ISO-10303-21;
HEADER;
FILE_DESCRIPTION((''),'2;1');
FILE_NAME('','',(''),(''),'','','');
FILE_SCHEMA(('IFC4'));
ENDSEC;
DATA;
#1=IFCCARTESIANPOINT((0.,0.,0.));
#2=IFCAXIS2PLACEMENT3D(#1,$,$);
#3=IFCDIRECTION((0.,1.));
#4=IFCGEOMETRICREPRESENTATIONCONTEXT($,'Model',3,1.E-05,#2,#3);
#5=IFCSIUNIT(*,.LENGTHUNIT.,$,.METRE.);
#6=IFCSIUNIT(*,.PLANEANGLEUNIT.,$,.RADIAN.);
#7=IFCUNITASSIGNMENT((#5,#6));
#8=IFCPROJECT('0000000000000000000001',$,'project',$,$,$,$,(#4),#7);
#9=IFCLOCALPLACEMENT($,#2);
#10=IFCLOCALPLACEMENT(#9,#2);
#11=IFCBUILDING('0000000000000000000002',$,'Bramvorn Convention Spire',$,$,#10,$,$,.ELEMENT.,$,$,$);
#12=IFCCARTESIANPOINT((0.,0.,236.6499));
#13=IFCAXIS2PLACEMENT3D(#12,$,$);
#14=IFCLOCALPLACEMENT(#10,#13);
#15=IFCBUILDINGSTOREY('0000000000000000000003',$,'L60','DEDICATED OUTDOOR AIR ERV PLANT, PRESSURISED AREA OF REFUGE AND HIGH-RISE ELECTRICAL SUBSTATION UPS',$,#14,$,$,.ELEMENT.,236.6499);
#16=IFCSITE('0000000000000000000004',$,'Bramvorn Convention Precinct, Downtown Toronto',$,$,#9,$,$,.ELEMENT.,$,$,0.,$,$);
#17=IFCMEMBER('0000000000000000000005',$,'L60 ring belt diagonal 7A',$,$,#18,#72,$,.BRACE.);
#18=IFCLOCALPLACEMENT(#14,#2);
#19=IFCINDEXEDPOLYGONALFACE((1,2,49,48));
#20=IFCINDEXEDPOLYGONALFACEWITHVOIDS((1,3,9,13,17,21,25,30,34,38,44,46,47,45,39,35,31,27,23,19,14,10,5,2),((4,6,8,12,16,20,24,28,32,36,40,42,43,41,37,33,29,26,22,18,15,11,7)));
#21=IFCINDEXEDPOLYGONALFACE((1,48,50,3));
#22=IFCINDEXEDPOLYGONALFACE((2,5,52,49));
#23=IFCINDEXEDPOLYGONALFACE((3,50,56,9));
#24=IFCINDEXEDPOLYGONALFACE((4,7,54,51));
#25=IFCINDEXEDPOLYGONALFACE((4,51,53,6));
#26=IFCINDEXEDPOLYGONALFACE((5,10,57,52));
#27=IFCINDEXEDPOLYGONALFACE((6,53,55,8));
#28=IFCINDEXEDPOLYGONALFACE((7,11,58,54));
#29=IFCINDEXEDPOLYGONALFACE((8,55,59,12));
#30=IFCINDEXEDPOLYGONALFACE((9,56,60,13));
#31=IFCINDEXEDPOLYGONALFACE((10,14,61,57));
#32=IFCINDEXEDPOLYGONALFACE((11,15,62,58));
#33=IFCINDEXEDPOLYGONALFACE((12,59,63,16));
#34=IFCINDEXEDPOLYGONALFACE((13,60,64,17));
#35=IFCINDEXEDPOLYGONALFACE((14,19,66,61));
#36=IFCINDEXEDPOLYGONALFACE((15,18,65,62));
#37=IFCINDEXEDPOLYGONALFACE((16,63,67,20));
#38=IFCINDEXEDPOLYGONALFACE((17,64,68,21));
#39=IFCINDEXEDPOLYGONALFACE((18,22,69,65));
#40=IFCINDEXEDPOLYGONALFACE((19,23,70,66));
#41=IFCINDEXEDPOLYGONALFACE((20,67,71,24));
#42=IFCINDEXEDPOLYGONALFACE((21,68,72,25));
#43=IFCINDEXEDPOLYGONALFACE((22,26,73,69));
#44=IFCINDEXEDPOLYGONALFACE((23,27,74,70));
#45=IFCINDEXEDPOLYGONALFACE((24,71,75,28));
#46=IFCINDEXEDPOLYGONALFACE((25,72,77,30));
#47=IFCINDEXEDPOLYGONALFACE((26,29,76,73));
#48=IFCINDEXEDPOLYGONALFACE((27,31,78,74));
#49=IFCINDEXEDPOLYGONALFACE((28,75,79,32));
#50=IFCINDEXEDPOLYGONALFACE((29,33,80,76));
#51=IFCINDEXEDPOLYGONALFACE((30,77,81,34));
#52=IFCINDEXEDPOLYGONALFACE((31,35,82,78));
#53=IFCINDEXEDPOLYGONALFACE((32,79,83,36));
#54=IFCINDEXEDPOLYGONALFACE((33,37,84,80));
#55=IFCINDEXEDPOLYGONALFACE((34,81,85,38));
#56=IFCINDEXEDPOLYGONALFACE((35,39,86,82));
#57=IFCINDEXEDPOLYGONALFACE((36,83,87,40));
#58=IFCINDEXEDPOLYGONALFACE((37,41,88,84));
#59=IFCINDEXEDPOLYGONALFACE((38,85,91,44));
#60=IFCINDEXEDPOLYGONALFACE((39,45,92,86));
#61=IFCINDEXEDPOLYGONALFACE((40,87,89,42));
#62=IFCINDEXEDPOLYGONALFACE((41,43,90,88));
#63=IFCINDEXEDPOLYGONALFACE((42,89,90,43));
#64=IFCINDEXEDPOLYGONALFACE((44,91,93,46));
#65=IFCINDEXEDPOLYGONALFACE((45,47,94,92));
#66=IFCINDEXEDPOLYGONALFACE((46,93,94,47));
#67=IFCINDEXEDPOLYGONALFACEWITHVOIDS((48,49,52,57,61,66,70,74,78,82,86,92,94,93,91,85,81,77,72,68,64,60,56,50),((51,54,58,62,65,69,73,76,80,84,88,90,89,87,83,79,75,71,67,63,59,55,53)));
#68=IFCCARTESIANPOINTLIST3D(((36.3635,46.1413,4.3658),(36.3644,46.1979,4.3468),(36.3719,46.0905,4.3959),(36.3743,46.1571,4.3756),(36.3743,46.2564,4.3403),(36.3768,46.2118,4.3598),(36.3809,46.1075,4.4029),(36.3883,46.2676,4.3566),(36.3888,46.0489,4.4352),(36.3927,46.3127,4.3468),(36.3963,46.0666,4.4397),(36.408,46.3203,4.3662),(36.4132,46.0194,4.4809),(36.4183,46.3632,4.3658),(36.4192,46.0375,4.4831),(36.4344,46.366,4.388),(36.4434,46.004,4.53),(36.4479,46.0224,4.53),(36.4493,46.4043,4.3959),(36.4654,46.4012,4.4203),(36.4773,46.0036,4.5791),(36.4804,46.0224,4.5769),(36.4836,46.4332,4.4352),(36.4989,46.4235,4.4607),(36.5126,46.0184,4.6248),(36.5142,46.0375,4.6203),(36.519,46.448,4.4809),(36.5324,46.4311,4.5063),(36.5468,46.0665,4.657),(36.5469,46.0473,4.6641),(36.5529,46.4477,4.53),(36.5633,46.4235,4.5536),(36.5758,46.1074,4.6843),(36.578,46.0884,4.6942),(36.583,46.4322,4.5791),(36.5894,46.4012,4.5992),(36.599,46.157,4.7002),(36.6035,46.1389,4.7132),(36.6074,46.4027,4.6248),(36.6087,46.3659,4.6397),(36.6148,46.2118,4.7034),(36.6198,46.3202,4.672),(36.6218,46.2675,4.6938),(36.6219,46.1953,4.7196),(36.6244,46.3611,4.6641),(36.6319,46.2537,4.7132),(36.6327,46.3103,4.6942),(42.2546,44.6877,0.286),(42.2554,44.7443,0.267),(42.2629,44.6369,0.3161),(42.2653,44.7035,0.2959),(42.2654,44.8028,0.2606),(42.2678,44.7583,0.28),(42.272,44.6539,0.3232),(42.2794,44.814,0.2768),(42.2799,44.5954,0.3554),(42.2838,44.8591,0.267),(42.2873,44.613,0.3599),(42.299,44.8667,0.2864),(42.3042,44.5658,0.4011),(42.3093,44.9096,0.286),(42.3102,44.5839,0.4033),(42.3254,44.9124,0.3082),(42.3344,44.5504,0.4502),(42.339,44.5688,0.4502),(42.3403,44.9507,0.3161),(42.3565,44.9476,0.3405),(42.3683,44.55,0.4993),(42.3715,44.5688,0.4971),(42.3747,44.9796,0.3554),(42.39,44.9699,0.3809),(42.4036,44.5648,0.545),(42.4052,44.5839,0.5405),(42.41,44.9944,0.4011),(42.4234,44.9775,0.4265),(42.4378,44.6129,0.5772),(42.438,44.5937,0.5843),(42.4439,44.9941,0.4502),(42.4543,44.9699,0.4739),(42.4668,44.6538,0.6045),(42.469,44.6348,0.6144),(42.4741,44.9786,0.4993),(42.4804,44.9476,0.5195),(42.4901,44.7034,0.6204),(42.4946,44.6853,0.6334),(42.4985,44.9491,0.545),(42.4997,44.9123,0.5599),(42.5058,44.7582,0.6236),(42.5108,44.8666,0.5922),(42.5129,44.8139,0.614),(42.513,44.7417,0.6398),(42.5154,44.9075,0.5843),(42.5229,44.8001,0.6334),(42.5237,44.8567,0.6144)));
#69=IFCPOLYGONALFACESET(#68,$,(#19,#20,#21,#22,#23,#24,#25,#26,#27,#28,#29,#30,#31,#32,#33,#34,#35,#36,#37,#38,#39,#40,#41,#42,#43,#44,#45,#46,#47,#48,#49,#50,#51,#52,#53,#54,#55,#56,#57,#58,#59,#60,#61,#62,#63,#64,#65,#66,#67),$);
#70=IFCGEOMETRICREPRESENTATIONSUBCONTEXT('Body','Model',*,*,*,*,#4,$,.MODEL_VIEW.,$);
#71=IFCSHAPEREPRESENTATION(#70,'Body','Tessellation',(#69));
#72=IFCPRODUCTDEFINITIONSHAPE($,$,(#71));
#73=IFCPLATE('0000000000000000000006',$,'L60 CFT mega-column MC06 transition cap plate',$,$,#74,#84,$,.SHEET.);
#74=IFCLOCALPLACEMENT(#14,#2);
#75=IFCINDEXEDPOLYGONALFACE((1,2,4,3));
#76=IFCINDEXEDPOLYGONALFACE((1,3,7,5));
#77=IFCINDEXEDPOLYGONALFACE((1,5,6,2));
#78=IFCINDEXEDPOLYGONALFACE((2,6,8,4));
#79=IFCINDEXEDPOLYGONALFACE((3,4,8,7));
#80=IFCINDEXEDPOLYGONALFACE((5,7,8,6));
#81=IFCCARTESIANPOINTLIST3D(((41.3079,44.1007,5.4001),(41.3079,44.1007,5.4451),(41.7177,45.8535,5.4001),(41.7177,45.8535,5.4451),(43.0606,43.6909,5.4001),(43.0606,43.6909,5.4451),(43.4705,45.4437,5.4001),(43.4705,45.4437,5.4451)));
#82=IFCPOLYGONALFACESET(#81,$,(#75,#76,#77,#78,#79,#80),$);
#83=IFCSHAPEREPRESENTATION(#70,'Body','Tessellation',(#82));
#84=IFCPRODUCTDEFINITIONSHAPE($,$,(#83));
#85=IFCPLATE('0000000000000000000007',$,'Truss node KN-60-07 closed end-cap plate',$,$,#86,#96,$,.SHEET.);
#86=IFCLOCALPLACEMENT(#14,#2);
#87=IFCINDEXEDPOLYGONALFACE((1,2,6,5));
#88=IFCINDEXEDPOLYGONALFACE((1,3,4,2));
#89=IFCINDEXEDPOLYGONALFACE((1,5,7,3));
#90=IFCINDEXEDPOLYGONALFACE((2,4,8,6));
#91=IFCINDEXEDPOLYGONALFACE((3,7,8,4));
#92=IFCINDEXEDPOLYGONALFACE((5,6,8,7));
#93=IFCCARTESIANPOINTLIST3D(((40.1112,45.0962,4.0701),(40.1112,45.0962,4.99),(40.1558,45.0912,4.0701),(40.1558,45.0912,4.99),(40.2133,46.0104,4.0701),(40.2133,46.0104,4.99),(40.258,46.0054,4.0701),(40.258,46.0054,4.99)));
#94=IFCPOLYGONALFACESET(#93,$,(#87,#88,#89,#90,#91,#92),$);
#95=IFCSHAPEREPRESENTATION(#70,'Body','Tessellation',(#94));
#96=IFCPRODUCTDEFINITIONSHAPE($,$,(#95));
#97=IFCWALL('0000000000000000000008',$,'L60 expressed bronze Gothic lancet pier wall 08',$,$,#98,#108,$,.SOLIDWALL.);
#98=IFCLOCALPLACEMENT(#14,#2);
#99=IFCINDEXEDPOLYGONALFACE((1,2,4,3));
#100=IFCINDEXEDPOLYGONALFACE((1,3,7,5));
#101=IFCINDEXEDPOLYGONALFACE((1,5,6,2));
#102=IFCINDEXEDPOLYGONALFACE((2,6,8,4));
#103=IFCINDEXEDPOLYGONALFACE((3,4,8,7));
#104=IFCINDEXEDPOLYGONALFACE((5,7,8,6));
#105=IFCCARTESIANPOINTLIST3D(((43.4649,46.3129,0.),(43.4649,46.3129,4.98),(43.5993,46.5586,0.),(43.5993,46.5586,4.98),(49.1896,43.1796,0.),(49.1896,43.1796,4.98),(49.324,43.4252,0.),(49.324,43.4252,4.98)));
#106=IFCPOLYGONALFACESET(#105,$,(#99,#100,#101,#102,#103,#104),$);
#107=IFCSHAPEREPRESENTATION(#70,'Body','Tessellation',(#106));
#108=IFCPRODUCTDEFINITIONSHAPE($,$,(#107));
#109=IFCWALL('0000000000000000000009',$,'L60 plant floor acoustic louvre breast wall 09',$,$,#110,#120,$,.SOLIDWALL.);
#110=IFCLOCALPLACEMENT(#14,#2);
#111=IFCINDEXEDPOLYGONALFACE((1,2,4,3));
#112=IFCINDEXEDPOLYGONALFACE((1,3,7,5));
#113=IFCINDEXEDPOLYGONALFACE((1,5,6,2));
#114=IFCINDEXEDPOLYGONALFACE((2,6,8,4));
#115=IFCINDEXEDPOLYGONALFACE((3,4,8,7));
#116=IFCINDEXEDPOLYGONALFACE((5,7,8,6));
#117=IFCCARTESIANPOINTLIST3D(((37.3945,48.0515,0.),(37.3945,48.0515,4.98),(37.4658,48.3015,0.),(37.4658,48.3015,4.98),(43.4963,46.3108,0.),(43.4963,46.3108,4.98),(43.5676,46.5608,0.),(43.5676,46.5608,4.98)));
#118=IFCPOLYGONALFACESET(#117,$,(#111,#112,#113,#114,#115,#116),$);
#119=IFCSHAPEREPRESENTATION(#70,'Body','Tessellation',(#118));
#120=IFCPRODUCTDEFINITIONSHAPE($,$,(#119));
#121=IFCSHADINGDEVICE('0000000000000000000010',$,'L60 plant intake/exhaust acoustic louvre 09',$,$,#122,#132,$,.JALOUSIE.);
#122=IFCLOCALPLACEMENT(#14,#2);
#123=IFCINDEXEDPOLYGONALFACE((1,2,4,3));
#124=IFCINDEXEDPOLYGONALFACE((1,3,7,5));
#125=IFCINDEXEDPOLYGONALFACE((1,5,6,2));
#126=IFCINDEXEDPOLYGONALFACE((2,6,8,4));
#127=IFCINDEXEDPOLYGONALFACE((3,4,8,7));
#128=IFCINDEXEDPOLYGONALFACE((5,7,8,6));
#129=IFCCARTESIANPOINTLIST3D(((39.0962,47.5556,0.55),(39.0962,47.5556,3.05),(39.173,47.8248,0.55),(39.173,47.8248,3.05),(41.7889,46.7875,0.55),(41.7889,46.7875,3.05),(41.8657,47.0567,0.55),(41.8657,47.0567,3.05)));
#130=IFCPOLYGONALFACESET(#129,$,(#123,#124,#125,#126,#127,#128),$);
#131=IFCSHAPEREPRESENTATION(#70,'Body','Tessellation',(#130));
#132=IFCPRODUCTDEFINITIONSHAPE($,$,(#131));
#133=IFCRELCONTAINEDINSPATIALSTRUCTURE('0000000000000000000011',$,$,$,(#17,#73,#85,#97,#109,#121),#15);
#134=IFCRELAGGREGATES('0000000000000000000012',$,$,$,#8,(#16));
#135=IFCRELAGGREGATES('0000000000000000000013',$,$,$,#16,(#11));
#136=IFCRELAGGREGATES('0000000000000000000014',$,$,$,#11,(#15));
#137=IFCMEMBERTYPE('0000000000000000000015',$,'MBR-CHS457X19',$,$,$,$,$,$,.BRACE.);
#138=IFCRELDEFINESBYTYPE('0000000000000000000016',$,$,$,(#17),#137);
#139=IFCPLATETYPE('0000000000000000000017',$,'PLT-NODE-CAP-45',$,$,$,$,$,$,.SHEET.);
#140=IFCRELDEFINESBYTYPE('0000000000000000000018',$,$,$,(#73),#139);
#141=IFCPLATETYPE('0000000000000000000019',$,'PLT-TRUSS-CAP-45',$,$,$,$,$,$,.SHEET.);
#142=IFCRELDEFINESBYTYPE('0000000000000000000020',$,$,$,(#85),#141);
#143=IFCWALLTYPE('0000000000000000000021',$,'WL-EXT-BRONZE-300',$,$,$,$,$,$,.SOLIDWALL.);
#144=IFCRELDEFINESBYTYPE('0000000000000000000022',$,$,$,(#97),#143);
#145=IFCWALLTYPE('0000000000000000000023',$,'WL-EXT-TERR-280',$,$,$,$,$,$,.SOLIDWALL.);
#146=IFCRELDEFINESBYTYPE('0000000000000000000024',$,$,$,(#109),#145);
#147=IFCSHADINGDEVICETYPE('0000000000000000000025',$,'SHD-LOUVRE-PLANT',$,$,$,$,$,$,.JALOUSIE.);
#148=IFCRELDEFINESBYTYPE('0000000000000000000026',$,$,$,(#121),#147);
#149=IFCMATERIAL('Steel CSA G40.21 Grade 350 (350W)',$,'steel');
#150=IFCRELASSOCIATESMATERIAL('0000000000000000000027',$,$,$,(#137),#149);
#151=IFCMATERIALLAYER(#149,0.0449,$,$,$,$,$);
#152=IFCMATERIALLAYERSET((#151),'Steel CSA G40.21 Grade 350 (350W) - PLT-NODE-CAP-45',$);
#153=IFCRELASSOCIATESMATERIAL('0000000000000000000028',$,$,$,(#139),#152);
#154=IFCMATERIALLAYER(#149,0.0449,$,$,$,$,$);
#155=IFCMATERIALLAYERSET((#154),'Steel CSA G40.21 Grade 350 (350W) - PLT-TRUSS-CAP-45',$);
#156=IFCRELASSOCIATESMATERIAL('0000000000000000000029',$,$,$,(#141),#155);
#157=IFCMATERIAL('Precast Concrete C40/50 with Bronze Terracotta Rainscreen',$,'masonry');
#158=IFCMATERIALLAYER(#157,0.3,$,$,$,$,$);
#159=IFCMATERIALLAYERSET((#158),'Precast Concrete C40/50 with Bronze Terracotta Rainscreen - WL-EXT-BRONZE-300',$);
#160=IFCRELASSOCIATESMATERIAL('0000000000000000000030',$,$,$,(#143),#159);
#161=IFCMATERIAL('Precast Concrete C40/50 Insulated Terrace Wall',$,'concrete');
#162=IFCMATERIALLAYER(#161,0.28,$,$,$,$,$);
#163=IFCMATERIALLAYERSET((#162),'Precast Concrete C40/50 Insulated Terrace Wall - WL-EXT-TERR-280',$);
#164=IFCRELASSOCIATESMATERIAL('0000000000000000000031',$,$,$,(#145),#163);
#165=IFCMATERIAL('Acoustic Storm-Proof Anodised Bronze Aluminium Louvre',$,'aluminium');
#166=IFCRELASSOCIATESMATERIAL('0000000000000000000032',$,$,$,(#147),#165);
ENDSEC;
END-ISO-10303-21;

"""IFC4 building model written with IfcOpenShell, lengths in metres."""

from ifc_helpers import new_model, si_unit, direction, frame, frame_2d, origin, origin_2d, place, context, subcontext, project, spatial, rectangle, hollow_circle, extrude, material, layer, layer_set, material_profile, profile_set, type_object, element, save


model = new_model("IFC4")

# Units and contexts
model_context = context("Model", 3, precision=1e-05, world=origin(), true_north=direction((0.0, 1.0)))
body_context = subcontext(model_context, "Body", "Model", "MODEL_VIEW")
ifc_project = project(units=[si_unit("LENGTHUNIT", "METRE"), si_unit("PLANEANGLEUNIT", "RADIAN")], contexts=[model_context])

# Site, building, storey
site_placement = place(None, origin())
site = spatial("IfcSite", under=ifc_project, at=site_placement, Name="Bramvorn Convention Precinct, Downtown Toronto", CompositionType="ELEMENT", RefElevation=0.0)
building_placement = place(site_placement, origin())
building = spatial("IfcBuilding", under=site, at=building_placement, Name="Bramvorn Convention Spire", CompositionType="ELEMENT")
storey_placement = place(building_placement, frame((0.0, 0.0, 236.6499)))
storey = spatial("IfcBuildingStorey", under=building, at=storey_placement, Name="L60", Description="DEDICATED OUTDOOR AIR ERV PLANT, PRESSURISED AREA OF REFUGE AND HIGH-RISE ELECTRICAL SUBSTATION UPS", CompositionType="ELEMENT", Elevation=236.6499)

# Shared definitions
ifc_material_1 = material(Name="Steel CSA G40.21 Grade 350 (350W)", Category="steel")

# Member
ifc_material_profile_1 = material_profile(ifc_material_1, hollow_circle(Radius=0.2285, WallThickness=0.019, at=origin_2d()))
ifc_profile_set_1 = profile_set([ifc_material_profile_1], Name="Steel CSA G40.21 Grade 350 (350W) - CHS457X19")
member_type_1 = type_object("IfcMemberType", Name="MBR-CHS457X19", PredefinedType="BRACE", material=ifc_profile_set_1)
member_1_placement = place(storey_placement, frame((42.3892, 44.7722, 0.4502), z_axis=(-0.805693, 0.198802, 0.557975), x_axis=(-0.239562, -0.970881, 0.0)))
element("IfcMember", 1, at=member_1_placement, inside=storey, type_object=member_type_1, Name="L60 ring belt diagonal 7A", PredefinedType="BRACE", context=body_context, shape_type="SweptSolid", body=[
    extrude(hollow_circle(Radius=0.2285, WallThickness=0.019, at=origin_2d()), origin(), (0.0, 0.0, 1.0), 7.3118),
])

# Plates
ifc_layer_1 = layer(ifc_material_1, 0.0449)
ifc_layer_set_1 = layer_set([ifc_layer_1], Name="Steel CSA G40.21 Grade 350 (350W) - PLT-NODE-CAP-45")
plate_type_1 = type_object("IfcPlateType", Name="PLT-NODE-CAP-45", PredefinedType="SHEET", material=ifc_layer_set_1)
plate_1_placement = place(storey_placement, frame((42.3892, 44.7722, 5.4001), z_axis=(0.0, 0.0, 1.0), x_axis=(0.22767, 0.973738, 0.0)))
element("IfcPlate", 2, at=plate_1_placement, inside=storey, type_object=plate_type_1, Name="L60 CFT mega-column MC06 transition cap plate", PredefinedType="SHEET", context=body_context, shape_type="SweptSolid", body=[
    extrude(rectangle(XDim=1.8, YDim=1.8, at=origin_2d()), origin(), (0.0, 0.0, 1.0), 0.0449),
])
ifc_layer_2 = layer(ifc_material_1, 0.0449)
ifc_layer_set_2 = layer_set([ifc_layer_2], Name="Steel CSA G40.21 Grade 350 (350W) - PLT-TRUSS-CAP-45")
plate_type_2 = type_object("IfcPlateType", Name="PLT-TRUSS-CAP-45", PredefinedType="SHEET", material=ifc_layer_set_2)
plate_2_placement = place(storey_placement, frame((40.1846, 45.5508, 4.0701), z_axis=(0.0, 0.0, 1.0), x_axis=(0.111044, 0.993816, 0.0)))
element("IfcPlate", 3, at=plate_2_placement, inside=storey, type_object=plate_type_2, Name="Truss node KN-60-07 closed end-cap plate", PredefinedType="SHEET", context=body_context, shape_type="SweptSolid", body=[
    extrude(rectangle(XDim=0.9199, YDim=0.0449, at=origin_2d()), origin(), (0.0, 0.0, 1.0), 0.9199),
])

# Walls
ifc_material_2 = material(Name="Precast Concrete C40/50 with Bronze Terracotta Rainscreen", Category="masonry")
ifc_layer_3 = layer(ifc_material_2, 0.3)
ifc_layer_set_3 = layer_set([ifc_layer_3], Name="Precast Concrete C40/50 with Bronze Terracotta Rainscreen - WL-EXT-BRONZE-300")
wall_type_1 = type_object("IfcWallType", Name="WL-EXT-BRONZE-300", PredefinedType="SOLIDWALL", material=ifc_layer_set_3)
wall_1_placement = place(storey_placement, frame((43.532, 46.4358, 0.0), z_axis=(0.0, 0.0, 1.0), x_axis=(0.8772, -0.480125, 0.0)))
element("IfcWall", 4, at=wall_1_placement, inside=storey, type_object=wall_type_1, Name="L60 expressed bronze Gothic lancet pier wall 08", PredefinedType="SOLIDWALL", context=body_context, shape_type="SweptSolid", body=[
    extrude(rectangle(XDim=6.5261, YDim=0.28, at=frame_2d((3.2632, 0.0))), origin(), (0.0, 0.0, 1.0), 4.98),
])
ifc_material_3 = material(Name="Precast Concrete C40/50 Insulated Terrace Wall", Category="concrete")
ifc_layer_4 = layer(ifc_material_3, 0.28)
ifc_layer_set_4 = layer_set([ifc_layer_4], Name="Precast Concrete C40/50 Insulated Terrace Wall - WL-EXT-TERR-280")
wall_type_2 = type_object("IfcWallType", Name="WL-EXT-TERR-280", PredefinedType="SOLIDWALL", material=ifc_layer_set_4)
wall_2_placement = place(storey_placement, frame((37.4302, 48.1765, 0.0), z_axis=(0.0, 0.0, 1.0), x_axis=(0.961634, -0.274335, 0.0)))
element("IfcWall", 5, at=wall_2_placement, inside=storey, type_object=wall_type_2, Name="L60 plant floor acoustic louvre breast wall 09", PredefinedType="SOLIDWALL", context=body_context, shape_type="SweptSolid", body=[
    extrude(rectangle(XDim=6.3452, YDim=0.26, at=frame_2d((3.1726, 0.0))), origin(), (0.0, 0.0, 1.0), 4.98),
])

# Shading device
ifc_material_4 = material(Name="Acoustic Storm-Proof Anodised Bronze Aluminium Louvre", Category="aluminium")
shading_device_type = type_object("IfcShadingDeviceType", Name="SHD-LOUVRE-PLANT", PredefinedType="JALOUSIE", material=ifc_material_4)
shading_device_placement = place(storey_placement, frame((40.481, 47.3062, 0.55), z_axis=(0.0, 0.0, 1.0), x_axis=(0.961639, -0.274317, 0.0)))
element("IfcShadingDevice", 6, at=shading_device_placement, inside=storey, type_object=shading_device_type, Name="L60 plant intake/exhaust acoustic louvre 09", PredefinedType="JALOUSIE", context=body_context, shape_type="SweptSolid", body=[
    extrude(rectangle(XDim=2.8, YDim=0.28, at=origin_2d()), origin(), (0.0, 0.0, 1.0), 2.5),
])

save(model, "model.ifc")
